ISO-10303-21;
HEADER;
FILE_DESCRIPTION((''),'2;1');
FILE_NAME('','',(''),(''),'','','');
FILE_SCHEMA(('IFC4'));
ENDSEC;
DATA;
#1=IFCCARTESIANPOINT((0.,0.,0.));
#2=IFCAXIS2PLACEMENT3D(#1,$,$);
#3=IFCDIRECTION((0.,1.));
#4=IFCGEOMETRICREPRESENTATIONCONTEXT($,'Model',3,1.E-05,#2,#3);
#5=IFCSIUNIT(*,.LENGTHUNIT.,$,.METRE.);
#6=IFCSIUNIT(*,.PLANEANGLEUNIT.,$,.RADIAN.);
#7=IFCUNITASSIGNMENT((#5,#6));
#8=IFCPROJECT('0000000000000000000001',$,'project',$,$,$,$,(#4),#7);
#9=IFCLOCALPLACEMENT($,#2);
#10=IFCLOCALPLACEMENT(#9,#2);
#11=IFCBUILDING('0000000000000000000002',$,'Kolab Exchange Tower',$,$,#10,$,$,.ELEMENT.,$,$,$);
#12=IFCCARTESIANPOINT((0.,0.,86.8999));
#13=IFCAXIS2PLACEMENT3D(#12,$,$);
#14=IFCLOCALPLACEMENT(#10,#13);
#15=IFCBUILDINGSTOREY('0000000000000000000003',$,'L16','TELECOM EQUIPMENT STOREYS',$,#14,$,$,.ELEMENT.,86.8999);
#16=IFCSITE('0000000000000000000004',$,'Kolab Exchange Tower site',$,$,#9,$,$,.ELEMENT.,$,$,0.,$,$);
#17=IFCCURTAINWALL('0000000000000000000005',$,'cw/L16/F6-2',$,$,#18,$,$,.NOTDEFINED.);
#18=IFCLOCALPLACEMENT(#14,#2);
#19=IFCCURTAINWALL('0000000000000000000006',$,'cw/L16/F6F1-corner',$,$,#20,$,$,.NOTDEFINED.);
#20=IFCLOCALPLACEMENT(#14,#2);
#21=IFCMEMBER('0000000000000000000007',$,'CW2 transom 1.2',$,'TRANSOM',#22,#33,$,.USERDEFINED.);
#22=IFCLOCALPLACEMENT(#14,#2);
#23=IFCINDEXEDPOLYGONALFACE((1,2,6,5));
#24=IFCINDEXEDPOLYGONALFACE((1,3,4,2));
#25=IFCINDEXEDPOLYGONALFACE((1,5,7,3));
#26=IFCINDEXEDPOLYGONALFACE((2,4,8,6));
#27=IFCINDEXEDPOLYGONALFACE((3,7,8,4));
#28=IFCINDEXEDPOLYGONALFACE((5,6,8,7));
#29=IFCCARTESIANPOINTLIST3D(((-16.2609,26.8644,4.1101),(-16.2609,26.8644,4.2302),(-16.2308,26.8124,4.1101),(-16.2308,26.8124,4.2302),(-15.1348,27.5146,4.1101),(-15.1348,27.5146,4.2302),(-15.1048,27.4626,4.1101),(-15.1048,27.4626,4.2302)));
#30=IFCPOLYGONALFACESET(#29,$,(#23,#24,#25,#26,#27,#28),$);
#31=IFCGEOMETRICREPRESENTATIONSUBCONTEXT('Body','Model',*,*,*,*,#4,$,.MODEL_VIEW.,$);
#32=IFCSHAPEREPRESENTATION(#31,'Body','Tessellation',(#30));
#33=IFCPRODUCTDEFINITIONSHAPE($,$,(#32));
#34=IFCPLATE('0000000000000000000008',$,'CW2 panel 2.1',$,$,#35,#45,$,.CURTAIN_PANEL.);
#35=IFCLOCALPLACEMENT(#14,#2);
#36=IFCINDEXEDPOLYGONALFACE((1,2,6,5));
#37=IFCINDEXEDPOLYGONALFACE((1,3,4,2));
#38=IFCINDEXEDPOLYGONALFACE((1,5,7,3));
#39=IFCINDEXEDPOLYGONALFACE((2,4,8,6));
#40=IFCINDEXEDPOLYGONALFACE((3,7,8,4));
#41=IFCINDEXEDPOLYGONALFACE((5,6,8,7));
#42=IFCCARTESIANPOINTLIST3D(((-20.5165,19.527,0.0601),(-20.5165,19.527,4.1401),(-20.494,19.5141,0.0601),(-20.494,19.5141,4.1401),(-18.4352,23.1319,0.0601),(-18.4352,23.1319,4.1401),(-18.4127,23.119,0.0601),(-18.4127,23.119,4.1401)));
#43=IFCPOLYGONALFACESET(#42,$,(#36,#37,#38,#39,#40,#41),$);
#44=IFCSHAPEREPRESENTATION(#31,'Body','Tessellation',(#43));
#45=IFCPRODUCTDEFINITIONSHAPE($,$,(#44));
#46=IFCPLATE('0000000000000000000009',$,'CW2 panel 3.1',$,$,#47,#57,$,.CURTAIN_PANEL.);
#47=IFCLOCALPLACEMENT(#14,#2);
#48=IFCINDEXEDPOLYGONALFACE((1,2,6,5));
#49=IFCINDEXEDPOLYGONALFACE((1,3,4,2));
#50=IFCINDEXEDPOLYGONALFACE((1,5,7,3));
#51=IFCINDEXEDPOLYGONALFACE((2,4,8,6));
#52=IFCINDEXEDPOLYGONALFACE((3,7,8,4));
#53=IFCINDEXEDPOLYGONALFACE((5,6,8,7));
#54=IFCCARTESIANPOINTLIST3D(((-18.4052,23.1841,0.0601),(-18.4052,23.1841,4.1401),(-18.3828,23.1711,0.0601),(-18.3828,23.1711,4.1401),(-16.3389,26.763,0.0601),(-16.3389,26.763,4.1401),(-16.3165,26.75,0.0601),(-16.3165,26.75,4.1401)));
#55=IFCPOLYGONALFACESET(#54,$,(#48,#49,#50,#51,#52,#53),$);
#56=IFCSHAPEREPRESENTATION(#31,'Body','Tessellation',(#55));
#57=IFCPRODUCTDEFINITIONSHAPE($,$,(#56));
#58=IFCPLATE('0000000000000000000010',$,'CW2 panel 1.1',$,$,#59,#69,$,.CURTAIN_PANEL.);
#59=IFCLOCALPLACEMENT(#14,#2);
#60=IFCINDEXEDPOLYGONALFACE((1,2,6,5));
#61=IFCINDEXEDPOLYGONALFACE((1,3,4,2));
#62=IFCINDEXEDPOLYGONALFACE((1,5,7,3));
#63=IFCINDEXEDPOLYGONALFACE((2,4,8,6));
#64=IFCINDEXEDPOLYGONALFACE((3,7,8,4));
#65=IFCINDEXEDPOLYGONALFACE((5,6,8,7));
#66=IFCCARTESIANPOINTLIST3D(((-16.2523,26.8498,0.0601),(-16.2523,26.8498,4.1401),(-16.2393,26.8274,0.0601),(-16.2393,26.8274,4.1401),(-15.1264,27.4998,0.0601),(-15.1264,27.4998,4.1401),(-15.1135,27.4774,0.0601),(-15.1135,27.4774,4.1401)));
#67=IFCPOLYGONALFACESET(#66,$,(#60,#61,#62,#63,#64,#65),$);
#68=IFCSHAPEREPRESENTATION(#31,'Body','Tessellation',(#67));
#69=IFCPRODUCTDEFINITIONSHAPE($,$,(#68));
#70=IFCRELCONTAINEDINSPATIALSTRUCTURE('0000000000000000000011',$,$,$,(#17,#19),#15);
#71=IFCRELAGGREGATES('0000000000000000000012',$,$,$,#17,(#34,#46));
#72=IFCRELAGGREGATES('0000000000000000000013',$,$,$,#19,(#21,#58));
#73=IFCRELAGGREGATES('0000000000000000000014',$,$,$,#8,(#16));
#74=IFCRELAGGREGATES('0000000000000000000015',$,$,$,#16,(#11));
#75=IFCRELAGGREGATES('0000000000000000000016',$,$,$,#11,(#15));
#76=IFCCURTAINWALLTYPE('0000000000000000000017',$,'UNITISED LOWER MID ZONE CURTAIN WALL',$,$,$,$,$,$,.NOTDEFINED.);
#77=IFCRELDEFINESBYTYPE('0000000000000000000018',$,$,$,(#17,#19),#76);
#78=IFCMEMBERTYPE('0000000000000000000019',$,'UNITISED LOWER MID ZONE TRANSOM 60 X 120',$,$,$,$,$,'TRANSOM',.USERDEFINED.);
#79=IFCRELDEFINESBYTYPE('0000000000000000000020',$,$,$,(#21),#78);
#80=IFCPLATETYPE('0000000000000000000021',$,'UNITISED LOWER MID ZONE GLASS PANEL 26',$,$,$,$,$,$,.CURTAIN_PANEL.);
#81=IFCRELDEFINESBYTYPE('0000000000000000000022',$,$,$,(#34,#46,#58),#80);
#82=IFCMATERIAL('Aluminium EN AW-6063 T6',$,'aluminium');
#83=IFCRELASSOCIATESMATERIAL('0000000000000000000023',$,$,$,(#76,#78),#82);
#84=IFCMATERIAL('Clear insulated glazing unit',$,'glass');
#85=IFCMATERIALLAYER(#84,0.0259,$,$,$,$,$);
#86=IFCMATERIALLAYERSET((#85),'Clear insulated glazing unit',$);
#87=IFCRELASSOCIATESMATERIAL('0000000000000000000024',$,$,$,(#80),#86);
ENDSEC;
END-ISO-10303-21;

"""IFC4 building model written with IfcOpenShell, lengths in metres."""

from ifc_helpers import new_model, si_unit, direction, frame, origin, origin_2d, place, context, subcontext, project, spatial, rectangle, extrude, material, layer, layer_set, material_profile, profile_set, type_object, element, aggregate, save


model = new_model("IFC4")

# Units and contexts
model_context = context("Model", 3, precision=1e-05, world=origin(), true_north=direction((0.0, 1.0)))
body_context = subcontext(model_context, "Body", "Model", "MODEL_VIEW")
ifc_project = project(units=[si_unit("LENGTHUNIT", "METRE"), si_unit("PLANEANGLEUNIT", "RADIAN")], contexts=[model_context])

# Site, building, storey
site_placement = place(None, origin())
site = spatial("IfcSite", under=ifc_project, at=site_placement, Name="Kolab Exchange Tower site", CompositionType="ELEMENT", RefElevation=0.0)
building_placement = place(site_placement, origin())
building = spatial("IfcBuilding", under=site, at=building_placement, Name="Kolab Exchange Tower", CompositionType="ELEMENT")
storey_placement = place(building_placement, frame((0.0, 0.0, 86.8999)))
storey = spatial("IfcBuildingStorey", under=building, at=storey_placement, Name="L16", Description="TELECOM EQUIPMENT STOREYS", CompositionType="ELEMENT", Elevation=86.8999)

# Shared definitions
ifc_material_1 = material(Name="Aluminium EN AW-6063 T6", Category="aluminium")
curtain_wall_type = type_object("IfcCurtainWallType", Name="UNITISED LOWER MID ZONE CURTAIN WALL", PredefinedType="NOTDEFINED", material=ifc_material_1)

# Curtain walls
curtain_wall_1_placement = place(storey_placement, origin())
curtain_wall_1 = element("IfcCurtainWall", 1, at=curtain_wall_1_placement, inside=storey, type_object=curtain_wall_type, Name="cw/L16/F6-2", PredefinedType="NOTDEFINED")
curtain_wall_2_placement = place(storey_placement, origin())
curtain_wall_2 = element("IfcCurtainWall", 2, at=curtain_wall_2_placement, inside=storey, type_object=curtain_wall_type, Name="cw/L16/F6F1-corner", PredefinedType="NOTDEFINED")

# Member
ifc_material_profile_1 = material_profile(ifc_material_1, rectangle(XDim=0.0601, YDim=0.1201, at=origin_2d()), Name="RECT 60X120")
ifc_profile_set_1 = profile_set([ifc_material_profile_1], Name="Aluminium EN AW-6063 T6")
member_type_1 = type_object("IfcMemberType", Name="UNITISED LOWER MID ZONE TRANSOM 60 X 120", ElementType="TRANSOM", PredefinedType="USERDEFINED", material=ifc_profile_set_1)
member_1_placement = place(storey_placement, frame((-16.2458, 26.8384, 4.1702), z_axis=(0.866004, 0.500037, 0.0), x_axis=(-0.500037, 0.866004, 0.0)))
member_1 = element("IfcMember", 3, at=member_1_placement, type_object=member_type_1, Name="CW2 transom 1.2", ObjectType="TRANSOM", PredefinedType="USERDEFINED", context=body_context, shape_type="SweptSolid", body=[
    extrude(rectangle(XDim=0.0601, YDim=0.1201, at=origin_2d()), origin(), (0.0, 0.0, 1.0), 1.3003),
])

# Plates
ifc_material_2 = material(Name="Clear insulated glazing unit", Category="glass")
ifc_layer = layer(ifc_material_2, 0.0259)
ifc_layer_set = layer_set([ifc_layer], Name="Clear insulated glazing unit")
plate_type = type_object("IfcPlateType", Name="UNITISED LOWER MID ZONE GLASS PANEL 26", PredefinedType="CURTAIN_PANEL", material=ifc_layer_set)
plate_1_placement = place(storey_placement, frame((-19.4646, 21.323, 0.0601), z_axis=(0.0, 0.0, 1.0), x_axis=(0.5, 0.866025, 0.0)))
plate_1 = element("IfcPlate", 4, at=plate_1_placement, type_object=plate_type, Name="CW2 panel 2.1", PredefinedType="CURTAIN_PANEL", context=body_context, shape_type="SweptSolid", body=[
    extrude(rectangle(XDim=4.1626, YDim=0.0259, at=origin_2d()), origin(), (0.0, 0.0, 1.0), 4.0801),
])
plate_2_placement = place(storey_placement, frame((-17.3608, 24.967, 0.0601), z_axis=(0.0, 0.0, 1.0), x_axis=(0.5, 0.866025, 0.0)))
plate_2 = element("IfcPlate", 5, at=plate_2_placement, type_object=plate_type, Name="CW2 panel 3.1", PredefinedType="CURTAIN_PANEL", context=body_context, shape_type="SweptSolid", body=[
    extrude(rectangle(XDim=4.1326, YDim=0.0259, at=origin_2d()), origin(), (0.0, 0.0, 1.0), 4.0801),
])
aggregate(curtain_wall_1, [plate_1, plate_2])
plate_3_placement = place(storey_placement, frame((-15.6829, 27.1636, 0.0601), z_axis=(0.0, 0.0, 1.0), x_axis=(0.866025, 0.5, 0.0)))
plate_3 = element("IfcPlate", 6, at=plate_3_placement, type_object=plate_type, Name="CW2 panel 1.1", PredefinedType="CURTAIN_PANEL", context=body_context, shape_type="SweptSolid", body=[
    extrude(rectangle(XDim=1.3, YDim=0.0259, at=origin_2d()), origin(), (0.0, 0.0, 1.0), 4.0801),
])
aggregate(curtain_wall_2, [member_1, plate_3])

save(model, "model.ifc")
